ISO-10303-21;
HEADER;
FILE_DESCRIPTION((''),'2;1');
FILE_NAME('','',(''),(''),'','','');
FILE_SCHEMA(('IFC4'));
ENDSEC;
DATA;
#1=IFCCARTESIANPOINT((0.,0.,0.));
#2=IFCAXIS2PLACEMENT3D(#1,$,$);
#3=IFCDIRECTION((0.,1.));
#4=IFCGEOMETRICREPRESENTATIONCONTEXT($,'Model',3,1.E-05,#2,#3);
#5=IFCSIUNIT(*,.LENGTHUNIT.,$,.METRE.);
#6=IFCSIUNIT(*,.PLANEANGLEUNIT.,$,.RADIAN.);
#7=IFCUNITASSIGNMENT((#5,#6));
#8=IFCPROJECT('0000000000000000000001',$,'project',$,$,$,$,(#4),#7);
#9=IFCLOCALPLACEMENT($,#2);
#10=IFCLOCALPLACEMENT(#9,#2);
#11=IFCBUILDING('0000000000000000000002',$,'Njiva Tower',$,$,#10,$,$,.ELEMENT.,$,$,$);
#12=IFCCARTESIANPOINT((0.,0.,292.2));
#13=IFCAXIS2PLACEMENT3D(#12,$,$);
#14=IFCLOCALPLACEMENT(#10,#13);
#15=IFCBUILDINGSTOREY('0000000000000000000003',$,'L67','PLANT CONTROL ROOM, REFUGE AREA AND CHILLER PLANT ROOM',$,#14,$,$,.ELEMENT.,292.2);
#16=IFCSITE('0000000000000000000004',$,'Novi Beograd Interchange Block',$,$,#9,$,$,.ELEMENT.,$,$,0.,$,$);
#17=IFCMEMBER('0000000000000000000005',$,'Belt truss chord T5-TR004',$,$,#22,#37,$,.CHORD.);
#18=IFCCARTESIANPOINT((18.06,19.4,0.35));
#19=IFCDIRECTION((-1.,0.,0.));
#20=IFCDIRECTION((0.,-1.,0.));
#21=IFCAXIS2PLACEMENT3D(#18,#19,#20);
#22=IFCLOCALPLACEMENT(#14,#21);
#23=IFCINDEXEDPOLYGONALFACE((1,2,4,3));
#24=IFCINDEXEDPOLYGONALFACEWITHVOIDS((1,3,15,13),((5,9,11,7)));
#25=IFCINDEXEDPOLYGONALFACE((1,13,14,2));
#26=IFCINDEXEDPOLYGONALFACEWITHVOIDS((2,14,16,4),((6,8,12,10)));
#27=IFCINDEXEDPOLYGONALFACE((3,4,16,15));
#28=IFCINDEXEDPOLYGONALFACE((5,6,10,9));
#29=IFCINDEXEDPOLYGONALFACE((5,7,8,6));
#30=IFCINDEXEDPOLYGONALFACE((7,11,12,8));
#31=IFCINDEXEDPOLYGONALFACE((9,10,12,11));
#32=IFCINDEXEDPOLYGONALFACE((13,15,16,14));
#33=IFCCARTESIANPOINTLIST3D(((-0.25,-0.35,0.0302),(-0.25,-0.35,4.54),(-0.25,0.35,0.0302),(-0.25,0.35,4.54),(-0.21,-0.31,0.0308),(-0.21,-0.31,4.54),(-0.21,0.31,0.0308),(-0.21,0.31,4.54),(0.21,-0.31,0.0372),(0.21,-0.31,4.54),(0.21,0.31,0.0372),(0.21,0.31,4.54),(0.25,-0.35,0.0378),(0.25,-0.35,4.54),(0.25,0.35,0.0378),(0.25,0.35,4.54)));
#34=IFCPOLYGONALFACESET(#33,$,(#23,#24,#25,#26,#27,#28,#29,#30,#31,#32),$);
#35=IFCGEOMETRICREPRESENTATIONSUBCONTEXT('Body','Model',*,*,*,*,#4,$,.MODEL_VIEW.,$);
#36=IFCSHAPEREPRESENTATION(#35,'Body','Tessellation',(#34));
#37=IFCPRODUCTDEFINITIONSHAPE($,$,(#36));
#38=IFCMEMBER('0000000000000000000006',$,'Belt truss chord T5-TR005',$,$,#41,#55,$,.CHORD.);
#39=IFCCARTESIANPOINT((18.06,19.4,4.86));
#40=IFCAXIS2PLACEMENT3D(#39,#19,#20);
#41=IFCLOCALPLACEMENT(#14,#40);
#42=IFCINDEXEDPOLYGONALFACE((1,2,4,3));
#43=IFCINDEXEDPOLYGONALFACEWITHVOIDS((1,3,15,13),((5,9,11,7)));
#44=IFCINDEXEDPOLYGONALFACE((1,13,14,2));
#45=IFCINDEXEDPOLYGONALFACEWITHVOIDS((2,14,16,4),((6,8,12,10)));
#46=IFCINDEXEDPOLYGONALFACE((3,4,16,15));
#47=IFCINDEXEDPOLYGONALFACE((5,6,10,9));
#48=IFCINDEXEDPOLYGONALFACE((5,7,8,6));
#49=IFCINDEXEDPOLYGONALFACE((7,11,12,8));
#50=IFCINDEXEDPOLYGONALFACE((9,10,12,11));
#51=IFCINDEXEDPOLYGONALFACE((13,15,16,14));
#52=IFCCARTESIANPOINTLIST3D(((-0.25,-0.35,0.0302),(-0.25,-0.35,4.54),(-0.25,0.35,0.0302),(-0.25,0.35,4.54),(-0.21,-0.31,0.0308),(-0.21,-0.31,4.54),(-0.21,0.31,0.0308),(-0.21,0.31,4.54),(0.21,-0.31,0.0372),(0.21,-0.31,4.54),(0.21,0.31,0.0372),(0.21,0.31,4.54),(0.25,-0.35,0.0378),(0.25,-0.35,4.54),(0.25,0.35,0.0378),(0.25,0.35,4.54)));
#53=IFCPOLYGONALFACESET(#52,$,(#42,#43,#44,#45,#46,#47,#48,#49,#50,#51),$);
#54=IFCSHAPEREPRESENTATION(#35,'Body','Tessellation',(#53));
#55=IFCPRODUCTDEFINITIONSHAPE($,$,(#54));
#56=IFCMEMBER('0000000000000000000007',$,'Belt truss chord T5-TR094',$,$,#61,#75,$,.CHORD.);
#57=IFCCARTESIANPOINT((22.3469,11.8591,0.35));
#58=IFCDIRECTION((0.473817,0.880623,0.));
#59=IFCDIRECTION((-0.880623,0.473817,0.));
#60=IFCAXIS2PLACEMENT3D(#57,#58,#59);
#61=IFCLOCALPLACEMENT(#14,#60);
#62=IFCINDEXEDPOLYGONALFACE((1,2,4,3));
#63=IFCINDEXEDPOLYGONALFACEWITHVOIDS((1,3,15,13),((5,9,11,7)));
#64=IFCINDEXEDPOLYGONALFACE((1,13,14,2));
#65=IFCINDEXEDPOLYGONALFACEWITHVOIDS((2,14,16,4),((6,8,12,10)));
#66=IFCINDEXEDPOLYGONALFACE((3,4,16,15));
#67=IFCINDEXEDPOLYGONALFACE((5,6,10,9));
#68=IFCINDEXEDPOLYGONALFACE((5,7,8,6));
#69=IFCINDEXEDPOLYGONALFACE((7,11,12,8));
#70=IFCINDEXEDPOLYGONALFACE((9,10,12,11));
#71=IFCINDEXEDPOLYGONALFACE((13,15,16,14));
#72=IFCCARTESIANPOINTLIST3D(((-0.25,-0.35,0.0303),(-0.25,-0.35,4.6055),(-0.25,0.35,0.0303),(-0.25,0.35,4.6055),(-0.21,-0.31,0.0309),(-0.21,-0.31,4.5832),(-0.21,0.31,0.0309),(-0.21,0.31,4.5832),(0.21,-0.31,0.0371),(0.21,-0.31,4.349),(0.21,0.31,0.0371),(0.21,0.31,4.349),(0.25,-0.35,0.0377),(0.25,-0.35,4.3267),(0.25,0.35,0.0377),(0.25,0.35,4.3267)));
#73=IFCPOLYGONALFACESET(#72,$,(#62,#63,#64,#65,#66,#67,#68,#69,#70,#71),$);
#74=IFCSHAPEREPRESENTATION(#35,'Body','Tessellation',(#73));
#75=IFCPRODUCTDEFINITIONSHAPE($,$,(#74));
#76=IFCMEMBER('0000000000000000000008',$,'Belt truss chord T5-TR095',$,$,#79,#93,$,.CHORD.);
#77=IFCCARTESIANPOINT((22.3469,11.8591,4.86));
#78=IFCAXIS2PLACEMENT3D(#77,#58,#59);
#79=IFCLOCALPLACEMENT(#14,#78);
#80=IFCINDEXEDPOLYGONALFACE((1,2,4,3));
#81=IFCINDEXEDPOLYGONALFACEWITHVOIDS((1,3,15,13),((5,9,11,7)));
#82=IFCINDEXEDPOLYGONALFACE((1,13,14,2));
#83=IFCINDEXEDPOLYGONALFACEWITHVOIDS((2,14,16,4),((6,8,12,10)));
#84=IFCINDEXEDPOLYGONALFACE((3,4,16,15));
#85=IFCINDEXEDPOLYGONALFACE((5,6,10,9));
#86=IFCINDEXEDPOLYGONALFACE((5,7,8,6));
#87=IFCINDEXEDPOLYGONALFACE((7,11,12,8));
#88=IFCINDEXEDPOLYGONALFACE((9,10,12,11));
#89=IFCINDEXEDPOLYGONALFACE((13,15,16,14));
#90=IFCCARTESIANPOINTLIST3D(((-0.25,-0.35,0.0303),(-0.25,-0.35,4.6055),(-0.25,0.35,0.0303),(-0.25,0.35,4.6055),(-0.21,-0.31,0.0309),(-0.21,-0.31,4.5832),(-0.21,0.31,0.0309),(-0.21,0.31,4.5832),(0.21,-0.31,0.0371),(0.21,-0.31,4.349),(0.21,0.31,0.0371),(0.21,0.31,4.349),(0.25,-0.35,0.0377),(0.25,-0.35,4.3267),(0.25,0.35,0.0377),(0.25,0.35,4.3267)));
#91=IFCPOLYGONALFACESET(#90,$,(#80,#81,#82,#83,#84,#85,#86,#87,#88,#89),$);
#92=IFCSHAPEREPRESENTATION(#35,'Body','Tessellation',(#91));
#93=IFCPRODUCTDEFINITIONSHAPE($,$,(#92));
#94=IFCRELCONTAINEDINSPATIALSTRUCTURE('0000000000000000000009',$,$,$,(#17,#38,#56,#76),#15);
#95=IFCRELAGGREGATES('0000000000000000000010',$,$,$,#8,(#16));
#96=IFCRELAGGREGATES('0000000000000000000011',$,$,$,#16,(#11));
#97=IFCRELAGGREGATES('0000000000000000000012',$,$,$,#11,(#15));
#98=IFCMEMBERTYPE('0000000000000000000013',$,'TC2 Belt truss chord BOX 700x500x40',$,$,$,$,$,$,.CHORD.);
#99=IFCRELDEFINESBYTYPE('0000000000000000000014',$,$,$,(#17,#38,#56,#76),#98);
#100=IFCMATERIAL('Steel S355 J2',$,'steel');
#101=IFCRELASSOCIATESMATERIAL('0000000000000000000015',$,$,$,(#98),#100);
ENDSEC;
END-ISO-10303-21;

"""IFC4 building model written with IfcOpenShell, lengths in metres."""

from ifc_helpers import new_model, si_unit, direction, frame, origin, origin_2d, place, context, subcontext, project, spatial, hollow_rectangle, extrude, clip, halfspace, material, material_profile, profile_set, type_object, element, save


model = new_model("IFC4")

# Units and contexts
model_context = context("Model", 3, precision=1e-05, world=origin(), true_north=direction((0.0, 1.0)))
body_context = subcontext(model_context, "Body", "Model", "MODEL_VIEW")
ifc_project = project(units=[si_unit("LENGTHUNIT", "METRE"), si_unit("PLANEANGLEUNIT", "RADIAN")], contexts=[model_context])

# Site, building, storey
site_placement = place(None, origin())
site = spatial("IfcSite", under=ifc_project, at=site_placement, Name="Novi Beograd Interchange Block", CompositionType="ELEMENT", RefElevation=0.0)
building_placement = place(site_placement, origin())
building = spatial("IfcBuilding", under=site, at=building_placement, Name="Njiva Tower", CompositionType="ELEMENT")
storey_placement = place(building_placement, frame((0.0, 0.0, 292.2)))
storey = spatial("IfcBuildingStorey", under=building, at=storey_placement, Name="L67", Description="PLANT CONTROL ROOM, REFUGE AREA AND CHILLER PLANT ROOM", CompositionType="ELEMENT", Elevation=292.2)

# Shared definitions
ifc_material_1 = material(Name="Steel S355 J2", Category="steel")

# Members
ifc_material_profile_1 = material_profile(ifc_material_1, hollow_rectangle(XDim=0.5, YDim=0.7, WallThickness=0.04, at=origin_2d()), Name="BOX 700x500x40")
ifc_profile_set_1 = profile_set([ifc_material_profile_1], Name="Steel S355 J2")
member_type_1 = type_object("IfcMemberType", Name="TC2 Belt truss chord BOX 700x500x40", PredefinedType="CHORD", material=ifc_profile_set_1)
member_1_placement = place(storey_placement, frame((18.06, 19.4, 0.35), z_axis=(-1.0, 0.0, 0.0), x_axis=(0.0, -1.0, 0.0)))
element("IfcMember", 1, at=member_1_placement, inside=storey, type_object=member_type_1, Name="Belt truss chord T5-TR004", PredefinedType="CHORD", context=body_context, shape_type="Clipping", body=[
    clip(extrude(hollow_rectangle(XDim=0.5, YDim=0.7, WallThickness=0.04, at=origin_2d()), origin(), (0.0, 0.0, 1.0), 4.54), halfspace(frame((0.0, -292.55, 0.034), z_axis=(0.01501, 0.0, -0.999887), x_axis=(0.0, -1.0, 0.0)), False)),
])
member_2_placement = place(storey_placement, frame((18.06, 19.4, 4.86), z_axis=(-1.0, 0.0, 0.0), x_axis=(0.0, -1.0, 0.0)))
element("IfcMember", 2, at=member_2_placement, inside=storey, type_object=member_type_1, Name="Belt truss chord T5-TR005", PredefinedType="CHORD", context=body_context, shape_type="Clipping", body=[
    clip(extrude(hollow_rectangle(XDim=0.5, YDim=0.7, WallThickness=0.04, at=origin_2d()), origin(), (0.0, 0.0, 1.0), 4.54), halfspace(frame((0.0, -297.06, 0.034), z_axis=(0.01501, 0.0, -0.999887), x_axis=(0.0, -1.0, 0.0)), False)),
])
member_3_placement = place(storey_placement, frame((22.3469, 11.8591, 0.35), z_axis=(0.473817, 0.880623, 0.0), x_axis=(-0.880623, 0.473817, 0.0)))
element("IfcMember", 3, at=member_3_placement, inside=storey, type_object=member_type_1, Name="Belt truss chord T5-TR094", PredefinedType="CHORD", context=body_context, shape_type="Clipping", body=[
    clip(clip(extrude(hollow_rectangle(XDim=0.5, YDim=0.7, WallThickness=0.04, at=origin_2d()), origin(), (0.0, 0.0, 1.0), 4.6351), halfspace(frame((0.0, -292.55, 0.034), z_axis=(0.014951, 0.0, -0.999888), x_axis=(0.0, -1.0, 0.0)), False)), halfspace(frame((0.0, -292.55, 4.4661), z_axis=(0.487026, 0.0, 0.873388), x_axis=(0.0, 1.0, 0.0)), False)),
])
member_4_placement = place(storey_placement, frame((22.3469, 11.8591, 4.86), z_axis=(0.473817, 0.880623, 0.0), x_axis=(-0.880623, 0.473817, 0.0)))
element("IfcMember", 4, at=member_4_placement, inside=storey, type_object=member_type_1, Name="Belt truss chord T5-TR095", PredefinedType="CHORD", context=body_context, shape_type="Clipping", body=[
    clip(clip(extrude(hollow_rectangle(XDim=0.5, YDim=0.7, WallThickness=0.04, at=origin_2d()), origin(), (0.0, 0.0, 1.0), 4.6351), halfspace(frame((0.0, -297.06, 0.034), z_axis=(0.014951, 0.0, -0.999888), x_axis=(0.0, -1.0, 0.0)), False)), halfspace(frame((0.0, -297.06, 4.4661), z_axis=(0.487026, 0.0, 0.873388), x_axis=(0.0, 1.0, 0.0)), False)),
])

save(model, "model.ifc")
